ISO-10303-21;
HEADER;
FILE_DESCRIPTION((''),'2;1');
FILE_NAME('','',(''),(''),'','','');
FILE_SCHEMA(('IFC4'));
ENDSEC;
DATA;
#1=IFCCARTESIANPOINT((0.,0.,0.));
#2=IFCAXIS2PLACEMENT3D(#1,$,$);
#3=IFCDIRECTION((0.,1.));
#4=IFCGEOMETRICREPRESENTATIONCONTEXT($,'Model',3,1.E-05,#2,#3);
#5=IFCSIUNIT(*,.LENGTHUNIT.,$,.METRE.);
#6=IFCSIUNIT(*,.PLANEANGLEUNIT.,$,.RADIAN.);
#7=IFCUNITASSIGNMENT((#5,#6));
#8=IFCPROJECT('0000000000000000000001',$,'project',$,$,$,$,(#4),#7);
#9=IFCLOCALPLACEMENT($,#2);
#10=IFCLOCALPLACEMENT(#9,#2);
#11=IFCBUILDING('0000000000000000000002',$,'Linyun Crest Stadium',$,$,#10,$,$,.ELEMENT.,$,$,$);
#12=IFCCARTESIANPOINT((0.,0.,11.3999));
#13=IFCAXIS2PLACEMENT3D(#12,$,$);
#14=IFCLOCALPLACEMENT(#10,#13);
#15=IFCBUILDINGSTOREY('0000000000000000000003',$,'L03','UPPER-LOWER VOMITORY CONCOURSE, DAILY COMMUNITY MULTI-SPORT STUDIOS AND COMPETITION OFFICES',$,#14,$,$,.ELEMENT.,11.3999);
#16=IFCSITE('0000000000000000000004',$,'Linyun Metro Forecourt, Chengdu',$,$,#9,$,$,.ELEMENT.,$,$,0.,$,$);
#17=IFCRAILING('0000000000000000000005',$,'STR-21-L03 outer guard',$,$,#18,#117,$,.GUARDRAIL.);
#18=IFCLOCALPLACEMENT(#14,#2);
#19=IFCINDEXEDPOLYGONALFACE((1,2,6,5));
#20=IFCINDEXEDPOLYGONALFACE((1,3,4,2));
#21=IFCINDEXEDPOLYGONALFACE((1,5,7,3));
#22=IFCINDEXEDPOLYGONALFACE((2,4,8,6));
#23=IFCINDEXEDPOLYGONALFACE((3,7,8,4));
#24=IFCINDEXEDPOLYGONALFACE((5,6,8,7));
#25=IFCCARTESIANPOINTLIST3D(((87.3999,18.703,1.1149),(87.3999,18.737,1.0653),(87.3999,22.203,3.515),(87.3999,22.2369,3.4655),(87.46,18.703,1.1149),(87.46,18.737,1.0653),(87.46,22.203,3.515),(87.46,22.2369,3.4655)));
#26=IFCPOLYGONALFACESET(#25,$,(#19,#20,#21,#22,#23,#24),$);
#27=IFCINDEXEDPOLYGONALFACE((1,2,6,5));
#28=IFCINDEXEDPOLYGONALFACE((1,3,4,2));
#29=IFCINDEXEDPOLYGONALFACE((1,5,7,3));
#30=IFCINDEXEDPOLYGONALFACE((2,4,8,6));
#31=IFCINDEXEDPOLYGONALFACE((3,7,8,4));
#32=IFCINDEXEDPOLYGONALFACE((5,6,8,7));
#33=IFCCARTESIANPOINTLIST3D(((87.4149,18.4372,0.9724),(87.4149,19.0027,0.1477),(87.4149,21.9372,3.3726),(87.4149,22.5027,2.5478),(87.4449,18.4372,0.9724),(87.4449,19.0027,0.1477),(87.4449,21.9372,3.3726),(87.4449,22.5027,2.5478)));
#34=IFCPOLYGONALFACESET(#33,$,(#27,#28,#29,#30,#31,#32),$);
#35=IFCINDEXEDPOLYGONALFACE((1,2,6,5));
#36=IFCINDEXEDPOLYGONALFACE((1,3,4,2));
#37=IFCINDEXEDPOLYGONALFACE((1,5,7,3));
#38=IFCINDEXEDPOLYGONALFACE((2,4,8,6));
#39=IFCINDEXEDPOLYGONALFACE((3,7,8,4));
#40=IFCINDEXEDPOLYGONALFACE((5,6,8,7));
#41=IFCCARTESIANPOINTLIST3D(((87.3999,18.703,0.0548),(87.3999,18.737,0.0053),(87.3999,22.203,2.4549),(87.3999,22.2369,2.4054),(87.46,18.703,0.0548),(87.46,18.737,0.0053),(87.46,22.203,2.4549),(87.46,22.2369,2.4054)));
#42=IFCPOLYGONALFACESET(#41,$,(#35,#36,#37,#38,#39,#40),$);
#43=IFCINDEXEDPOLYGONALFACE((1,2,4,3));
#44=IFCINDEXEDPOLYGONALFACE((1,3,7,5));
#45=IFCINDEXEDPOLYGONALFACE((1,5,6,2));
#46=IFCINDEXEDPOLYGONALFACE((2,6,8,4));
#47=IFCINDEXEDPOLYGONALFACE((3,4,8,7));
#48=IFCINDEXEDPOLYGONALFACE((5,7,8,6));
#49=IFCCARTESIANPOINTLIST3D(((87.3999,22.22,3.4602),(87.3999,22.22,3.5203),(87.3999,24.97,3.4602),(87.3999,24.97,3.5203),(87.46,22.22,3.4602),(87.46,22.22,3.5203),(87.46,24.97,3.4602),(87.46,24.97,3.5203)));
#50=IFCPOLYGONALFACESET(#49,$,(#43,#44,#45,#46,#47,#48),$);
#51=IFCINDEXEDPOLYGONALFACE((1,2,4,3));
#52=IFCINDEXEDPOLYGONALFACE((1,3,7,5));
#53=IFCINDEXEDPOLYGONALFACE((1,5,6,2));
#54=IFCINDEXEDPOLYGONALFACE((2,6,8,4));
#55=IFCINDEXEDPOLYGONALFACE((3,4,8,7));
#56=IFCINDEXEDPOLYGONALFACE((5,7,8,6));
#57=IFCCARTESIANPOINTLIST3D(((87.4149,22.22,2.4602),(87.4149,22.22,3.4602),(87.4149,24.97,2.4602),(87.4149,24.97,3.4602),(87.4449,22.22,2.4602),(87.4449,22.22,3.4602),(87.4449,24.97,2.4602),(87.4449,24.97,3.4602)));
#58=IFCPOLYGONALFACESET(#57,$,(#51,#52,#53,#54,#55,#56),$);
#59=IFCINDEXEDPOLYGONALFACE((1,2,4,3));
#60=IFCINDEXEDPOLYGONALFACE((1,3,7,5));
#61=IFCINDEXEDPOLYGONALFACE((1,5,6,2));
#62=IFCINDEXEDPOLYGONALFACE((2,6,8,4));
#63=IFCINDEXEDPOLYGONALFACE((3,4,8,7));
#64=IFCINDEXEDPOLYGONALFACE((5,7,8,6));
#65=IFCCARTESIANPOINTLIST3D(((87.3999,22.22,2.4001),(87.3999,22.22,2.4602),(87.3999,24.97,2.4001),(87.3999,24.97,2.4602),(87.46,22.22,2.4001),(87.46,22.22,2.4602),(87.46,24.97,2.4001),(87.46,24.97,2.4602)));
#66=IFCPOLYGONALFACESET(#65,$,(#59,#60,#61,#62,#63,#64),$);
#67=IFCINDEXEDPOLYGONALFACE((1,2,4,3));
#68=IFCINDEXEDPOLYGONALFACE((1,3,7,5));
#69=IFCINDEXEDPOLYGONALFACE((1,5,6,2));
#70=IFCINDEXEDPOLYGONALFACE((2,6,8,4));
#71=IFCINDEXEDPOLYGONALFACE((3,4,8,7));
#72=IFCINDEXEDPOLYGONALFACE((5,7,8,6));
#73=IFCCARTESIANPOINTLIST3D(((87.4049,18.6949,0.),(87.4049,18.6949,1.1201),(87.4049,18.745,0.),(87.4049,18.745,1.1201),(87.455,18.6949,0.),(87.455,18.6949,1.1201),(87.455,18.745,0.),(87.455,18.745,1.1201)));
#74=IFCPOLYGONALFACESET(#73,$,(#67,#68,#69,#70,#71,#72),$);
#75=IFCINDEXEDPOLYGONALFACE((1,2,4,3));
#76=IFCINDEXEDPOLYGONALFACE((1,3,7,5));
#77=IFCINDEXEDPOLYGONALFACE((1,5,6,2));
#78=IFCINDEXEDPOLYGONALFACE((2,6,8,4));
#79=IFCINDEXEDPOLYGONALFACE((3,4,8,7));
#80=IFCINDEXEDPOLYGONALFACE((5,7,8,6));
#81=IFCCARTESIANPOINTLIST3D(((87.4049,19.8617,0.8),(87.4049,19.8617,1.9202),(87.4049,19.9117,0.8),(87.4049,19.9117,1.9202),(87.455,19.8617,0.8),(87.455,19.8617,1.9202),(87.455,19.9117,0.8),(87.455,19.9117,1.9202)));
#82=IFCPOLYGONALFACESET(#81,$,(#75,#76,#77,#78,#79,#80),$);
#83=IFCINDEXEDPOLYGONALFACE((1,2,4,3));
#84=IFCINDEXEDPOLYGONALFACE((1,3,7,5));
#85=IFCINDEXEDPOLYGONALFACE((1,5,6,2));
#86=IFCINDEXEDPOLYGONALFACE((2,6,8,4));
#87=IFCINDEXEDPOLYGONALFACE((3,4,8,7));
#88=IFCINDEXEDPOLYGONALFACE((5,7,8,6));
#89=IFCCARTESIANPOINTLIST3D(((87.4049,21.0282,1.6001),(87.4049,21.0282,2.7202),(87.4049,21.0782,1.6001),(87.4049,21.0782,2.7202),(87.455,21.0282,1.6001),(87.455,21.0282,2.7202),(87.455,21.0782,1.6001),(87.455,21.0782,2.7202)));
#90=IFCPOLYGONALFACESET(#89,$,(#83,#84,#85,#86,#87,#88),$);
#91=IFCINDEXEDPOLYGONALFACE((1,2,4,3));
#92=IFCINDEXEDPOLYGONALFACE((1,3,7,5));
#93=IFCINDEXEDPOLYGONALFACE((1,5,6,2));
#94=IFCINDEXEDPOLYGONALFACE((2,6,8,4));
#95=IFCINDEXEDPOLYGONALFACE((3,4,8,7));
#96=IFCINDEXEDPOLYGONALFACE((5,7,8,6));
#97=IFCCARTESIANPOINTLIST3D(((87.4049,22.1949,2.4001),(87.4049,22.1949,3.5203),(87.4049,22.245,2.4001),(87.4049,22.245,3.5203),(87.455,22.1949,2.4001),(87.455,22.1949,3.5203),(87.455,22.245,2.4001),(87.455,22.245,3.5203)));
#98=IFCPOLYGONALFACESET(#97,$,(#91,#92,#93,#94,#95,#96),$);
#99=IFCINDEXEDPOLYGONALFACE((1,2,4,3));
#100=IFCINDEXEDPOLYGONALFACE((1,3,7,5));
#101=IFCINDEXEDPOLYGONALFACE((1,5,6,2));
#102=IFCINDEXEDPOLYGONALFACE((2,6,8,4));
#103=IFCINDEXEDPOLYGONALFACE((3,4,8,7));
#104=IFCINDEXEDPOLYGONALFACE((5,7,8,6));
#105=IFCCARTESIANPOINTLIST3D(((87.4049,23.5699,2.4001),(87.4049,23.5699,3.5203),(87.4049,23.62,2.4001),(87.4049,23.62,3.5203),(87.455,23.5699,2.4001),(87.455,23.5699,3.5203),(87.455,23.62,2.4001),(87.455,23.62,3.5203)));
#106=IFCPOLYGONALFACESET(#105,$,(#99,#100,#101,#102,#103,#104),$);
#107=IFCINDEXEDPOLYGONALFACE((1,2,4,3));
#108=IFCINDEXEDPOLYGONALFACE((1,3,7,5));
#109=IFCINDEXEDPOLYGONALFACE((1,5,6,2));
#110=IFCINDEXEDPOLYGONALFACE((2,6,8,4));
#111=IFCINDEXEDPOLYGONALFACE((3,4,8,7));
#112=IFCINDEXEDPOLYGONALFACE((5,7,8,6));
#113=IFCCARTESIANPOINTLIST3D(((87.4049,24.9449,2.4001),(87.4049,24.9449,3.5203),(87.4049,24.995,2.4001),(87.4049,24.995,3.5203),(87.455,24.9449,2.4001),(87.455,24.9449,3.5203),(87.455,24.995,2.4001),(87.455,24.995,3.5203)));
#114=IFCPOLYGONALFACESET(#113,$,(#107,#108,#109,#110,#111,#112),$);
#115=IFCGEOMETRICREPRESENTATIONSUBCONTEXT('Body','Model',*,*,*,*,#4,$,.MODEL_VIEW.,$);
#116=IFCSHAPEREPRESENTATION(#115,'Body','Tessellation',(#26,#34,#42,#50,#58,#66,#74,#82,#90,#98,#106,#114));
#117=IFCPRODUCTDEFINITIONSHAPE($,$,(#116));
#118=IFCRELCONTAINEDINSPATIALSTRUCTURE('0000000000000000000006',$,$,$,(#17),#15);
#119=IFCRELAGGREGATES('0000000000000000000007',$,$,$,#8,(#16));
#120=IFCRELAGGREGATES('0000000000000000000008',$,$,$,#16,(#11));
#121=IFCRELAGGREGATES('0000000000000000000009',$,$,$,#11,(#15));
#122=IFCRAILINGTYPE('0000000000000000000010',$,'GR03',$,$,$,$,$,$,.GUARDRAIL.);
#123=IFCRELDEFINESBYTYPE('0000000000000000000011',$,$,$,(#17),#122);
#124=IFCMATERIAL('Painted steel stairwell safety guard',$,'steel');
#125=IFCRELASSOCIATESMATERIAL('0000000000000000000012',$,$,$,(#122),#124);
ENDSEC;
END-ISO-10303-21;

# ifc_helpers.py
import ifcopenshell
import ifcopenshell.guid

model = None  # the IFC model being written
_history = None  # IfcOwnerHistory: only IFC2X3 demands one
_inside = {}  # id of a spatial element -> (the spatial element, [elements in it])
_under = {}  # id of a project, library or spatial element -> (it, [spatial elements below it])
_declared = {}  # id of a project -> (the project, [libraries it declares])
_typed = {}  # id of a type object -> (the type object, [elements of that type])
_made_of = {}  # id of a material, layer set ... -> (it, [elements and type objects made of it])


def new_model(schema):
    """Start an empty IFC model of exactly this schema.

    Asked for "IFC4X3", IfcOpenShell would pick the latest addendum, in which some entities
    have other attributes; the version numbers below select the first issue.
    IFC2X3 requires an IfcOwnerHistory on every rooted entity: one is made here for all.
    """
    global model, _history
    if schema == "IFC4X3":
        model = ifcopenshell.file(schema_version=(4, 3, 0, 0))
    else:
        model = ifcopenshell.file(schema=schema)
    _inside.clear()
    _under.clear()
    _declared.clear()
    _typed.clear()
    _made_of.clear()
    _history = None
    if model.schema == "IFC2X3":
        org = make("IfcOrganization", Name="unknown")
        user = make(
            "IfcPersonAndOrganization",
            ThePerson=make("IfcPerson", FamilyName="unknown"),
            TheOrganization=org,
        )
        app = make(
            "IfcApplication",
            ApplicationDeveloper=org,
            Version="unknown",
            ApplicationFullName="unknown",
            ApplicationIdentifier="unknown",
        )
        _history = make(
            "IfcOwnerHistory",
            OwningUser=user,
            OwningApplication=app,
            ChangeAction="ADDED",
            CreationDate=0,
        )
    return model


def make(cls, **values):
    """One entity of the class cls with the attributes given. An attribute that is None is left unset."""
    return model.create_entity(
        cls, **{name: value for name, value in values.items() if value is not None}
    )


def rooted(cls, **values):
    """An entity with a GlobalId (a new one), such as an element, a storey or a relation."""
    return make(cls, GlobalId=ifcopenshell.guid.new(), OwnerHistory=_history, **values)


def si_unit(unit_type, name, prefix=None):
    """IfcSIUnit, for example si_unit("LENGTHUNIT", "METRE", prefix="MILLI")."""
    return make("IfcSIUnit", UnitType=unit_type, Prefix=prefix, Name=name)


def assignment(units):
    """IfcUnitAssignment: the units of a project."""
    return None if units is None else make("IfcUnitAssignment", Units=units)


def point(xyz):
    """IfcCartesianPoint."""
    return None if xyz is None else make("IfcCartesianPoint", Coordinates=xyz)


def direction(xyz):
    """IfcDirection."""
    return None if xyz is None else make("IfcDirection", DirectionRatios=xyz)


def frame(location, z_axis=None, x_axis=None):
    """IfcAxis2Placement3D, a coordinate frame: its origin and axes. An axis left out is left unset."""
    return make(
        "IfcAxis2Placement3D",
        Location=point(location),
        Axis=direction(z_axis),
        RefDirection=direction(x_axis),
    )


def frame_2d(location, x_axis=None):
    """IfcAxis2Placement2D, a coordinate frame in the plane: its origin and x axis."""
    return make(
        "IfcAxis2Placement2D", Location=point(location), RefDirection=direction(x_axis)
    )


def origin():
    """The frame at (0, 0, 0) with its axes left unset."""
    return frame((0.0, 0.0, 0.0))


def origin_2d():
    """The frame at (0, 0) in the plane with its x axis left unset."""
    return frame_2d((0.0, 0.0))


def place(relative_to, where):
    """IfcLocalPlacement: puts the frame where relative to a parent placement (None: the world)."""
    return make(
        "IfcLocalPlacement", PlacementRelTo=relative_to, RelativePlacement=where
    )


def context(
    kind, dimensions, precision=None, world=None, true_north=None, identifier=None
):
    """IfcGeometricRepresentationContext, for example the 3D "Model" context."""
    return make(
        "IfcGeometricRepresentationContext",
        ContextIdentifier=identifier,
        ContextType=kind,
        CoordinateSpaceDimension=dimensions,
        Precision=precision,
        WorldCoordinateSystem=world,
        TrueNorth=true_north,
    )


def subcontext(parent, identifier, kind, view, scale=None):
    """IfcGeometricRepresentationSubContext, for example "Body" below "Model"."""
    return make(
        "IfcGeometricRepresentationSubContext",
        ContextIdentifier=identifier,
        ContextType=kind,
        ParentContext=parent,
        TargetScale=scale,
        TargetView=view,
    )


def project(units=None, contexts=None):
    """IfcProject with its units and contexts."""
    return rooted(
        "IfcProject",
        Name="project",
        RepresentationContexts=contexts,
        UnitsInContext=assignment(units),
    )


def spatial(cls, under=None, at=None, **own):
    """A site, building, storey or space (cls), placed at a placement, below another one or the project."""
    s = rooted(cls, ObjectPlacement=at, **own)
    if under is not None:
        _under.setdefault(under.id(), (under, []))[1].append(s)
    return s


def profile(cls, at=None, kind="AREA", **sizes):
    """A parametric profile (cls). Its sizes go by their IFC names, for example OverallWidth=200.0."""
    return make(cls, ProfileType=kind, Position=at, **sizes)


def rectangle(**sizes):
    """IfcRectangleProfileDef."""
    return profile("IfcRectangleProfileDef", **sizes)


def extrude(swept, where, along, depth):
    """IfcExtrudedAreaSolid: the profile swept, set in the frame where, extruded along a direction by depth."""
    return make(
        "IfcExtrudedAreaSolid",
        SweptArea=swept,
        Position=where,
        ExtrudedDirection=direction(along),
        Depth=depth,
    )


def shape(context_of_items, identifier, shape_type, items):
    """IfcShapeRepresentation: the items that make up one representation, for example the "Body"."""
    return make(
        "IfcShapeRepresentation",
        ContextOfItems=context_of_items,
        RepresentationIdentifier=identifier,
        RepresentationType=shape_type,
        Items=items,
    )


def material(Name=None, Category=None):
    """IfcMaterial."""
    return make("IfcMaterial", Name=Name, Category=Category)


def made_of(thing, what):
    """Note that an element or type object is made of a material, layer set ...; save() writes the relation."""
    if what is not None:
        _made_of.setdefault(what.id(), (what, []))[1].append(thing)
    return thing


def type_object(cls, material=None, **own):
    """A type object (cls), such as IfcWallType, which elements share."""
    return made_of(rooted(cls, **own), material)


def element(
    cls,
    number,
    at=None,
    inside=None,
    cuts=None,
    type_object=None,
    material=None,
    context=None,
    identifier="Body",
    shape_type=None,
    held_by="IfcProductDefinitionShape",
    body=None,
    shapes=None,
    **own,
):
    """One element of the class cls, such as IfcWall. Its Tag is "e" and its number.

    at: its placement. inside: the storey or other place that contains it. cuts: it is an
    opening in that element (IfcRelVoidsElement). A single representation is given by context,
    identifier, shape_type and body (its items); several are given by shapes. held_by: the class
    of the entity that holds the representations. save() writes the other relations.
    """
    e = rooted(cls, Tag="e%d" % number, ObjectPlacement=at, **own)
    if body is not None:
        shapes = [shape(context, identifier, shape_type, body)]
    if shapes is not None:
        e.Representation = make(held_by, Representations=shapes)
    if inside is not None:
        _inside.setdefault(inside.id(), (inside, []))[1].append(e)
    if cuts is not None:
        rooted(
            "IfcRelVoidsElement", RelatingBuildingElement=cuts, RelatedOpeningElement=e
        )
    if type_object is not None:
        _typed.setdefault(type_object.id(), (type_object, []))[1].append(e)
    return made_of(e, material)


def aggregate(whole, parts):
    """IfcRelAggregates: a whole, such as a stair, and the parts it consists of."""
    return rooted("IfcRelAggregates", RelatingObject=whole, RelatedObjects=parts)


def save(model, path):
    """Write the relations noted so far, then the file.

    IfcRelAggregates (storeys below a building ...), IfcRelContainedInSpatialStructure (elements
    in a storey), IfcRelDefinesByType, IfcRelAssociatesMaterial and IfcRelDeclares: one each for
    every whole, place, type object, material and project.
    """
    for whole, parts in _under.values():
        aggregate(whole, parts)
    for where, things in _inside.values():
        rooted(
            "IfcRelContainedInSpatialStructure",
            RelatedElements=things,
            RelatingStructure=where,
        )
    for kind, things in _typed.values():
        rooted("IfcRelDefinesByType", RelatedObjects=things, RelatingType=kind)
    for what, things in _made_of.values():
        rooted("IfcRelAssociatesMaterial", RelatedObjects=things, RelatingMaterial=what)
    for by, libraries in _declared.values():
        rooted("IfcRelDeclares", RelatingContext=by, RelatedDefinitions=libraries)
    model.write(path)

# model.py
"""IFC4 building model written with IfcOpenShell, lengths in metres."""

from ifc_helpers import new_model, si_unit, direction, frame, origin, origin_2d, place, context, subcontext, project, spatial, rectangle, extrude, material, type_object, element, save


model = new_model("IFC4")

# Units and contexts
model_context = context("Model", 3, precision=1e-05, world=origin(), true_north=direction((0.0, 1.0)))
body_context = subcontext(model_context, "Body", "Model", "MODEL_VIEW")
ifc_project = project(units=[si_unit("LENGTHUNIT", "METRE"), si_unit("PLANEANGLEUNIT", "RADIAN")], contexts=[model_context])

# Site, building, storey
site_placement = place(None, origin())
site = spatial("IfcSite", under=ifc_project, at=site_placement, Name="Linyun Metro Forecourt, Chengdu", CompositionType="ELEMENT", RefElevation=0.0)
building_placement = place(site_placement, origin())
building = spatial("IfcBuilding", under=site, at=building_placement, Name="Linyun Crest Stadium", CompositionType="ELEMENT")
storey_placement = place(building_placement, frame((0.0, 0.0, 11.3999)))
storey = spatial("IfcBuildingStorey", under=building, at=storey_placement, Name="L03", Description="UPPER-LOWER VOMITORY CONCOURSE, DAILY COMMUNITY MULTI-SPORT STUDIOS AND COMPETITION OFFICES", CompositionType="ELEMENT", Elevation=11.3999)

# Railing
ifc_material_1 = material(Name="Painted steel stairwell safety guard", Category="steel")
railing_type_1 = type_object("IfcRailingType", Name="GR03", PredefinedType="GUARDRAIL", material=ifc_material_1)
railing_1_placement = place(storey_placement, frame((87.4299, 18.72, 0.0)))
element("IfcRailing", 1, at=railing_1_placement, inside=storey, type_object=railing_type_1, Name="STR-21-L03 outer guard", PredefinedType="GUARDRAIL", context=body_context, shape_type="SweptSolid", body=[
    extrude(rectangle(XDim=0.0601, YDim=0.0601, at=origin_2d()), frame((0.0, 0.0, 1.0901), z_axis=(0.0, 0.824713, 0.565552), x_axis=(-1.0, 0.0, 0.0)), (0.0, 0.0, 1.0), 4.2439),
    extrude(rectangle(XDim=0.03, YDim=1.0, at=origin_2d()), frame((0.0, 0.0, 0.5601), z_axis=(0.0, 0.824713, 0.565552), x_axis=(-1.0, 0.0, 0.0)), (0.0, 0.0, 1.0), 4.2439),
    extrude(rectangle(XDim=0.0601, YDim=0.0601, at=origin_2d()), frame((0.0, 0.0, 0.03), z_axis=(0.0, 0.824713, 0.565552), x_axis=(-1.0, 0.0, 0.0)), (0.0, 0.0, 1.0), 4.2439),
    extrude(rectangle(XDim=0.0601, YDim=0.0601, at=origin_2d()), frame((0.0, 3.5, 3.4902), z_axis=(0.0, 1.0, 0.0), x_axis=(-1.0, 0.0, 0.0)), (0.0, 0.0, 1.0), 2.75),
    extrude(rectangle(XDim=0.03, YDim=1.0, at=origin_2d()), frame((0.0, 3.5, 2.9602), z_axis=(0.0, 1.0, 0.0), x_axis=(-1.0, 0.0, 0.0)), (0.0, 0.0, 1.0), 2.75),
    extrude(rectangle(XDim=0.0601, YDim=0.0601, at=origin_2d()), frame((0.0, 3.5, 2.4302), z_axis=(0.0, 1.0, 0.0), x_axis=(-1.0, 0.0, 0.0)), (0.0, 0.0, 1.0), 2.75),
    extrude(rectangle(XDim=0.05, YDim=0.05, at=origin_2d()), origin(), (0.0, 0.0, 1.0), 1.1201),
    extrude(rectangle(XDim=0.05, YDim=0.05, at=origin_2d()), frame((0.0, 1.1667, 0.8)), (0.0, 0.0, 1.0), 1.1201),
    extrude(rectangle(XDim=0.05, YDim=0.05, at=origin_2d()), frame((0.0, 2.3333, 1.6001)), (0.0, 0.0, 1.0), 1.1201),
    extrude(rectangle(XDim=0.05, YDim=0.05, at=origin_2d()), frame((0.0, 3.5, 2.4001)), (0.0, 0.0, 1.0), 1.1201),
    extrude(rectangle(XDim=0.05, YDim=0.05, at=origin_2d()), frame((0.0, 4.875, 2.4001)), (0.0, 0.0, 1.0), 1.1201),
    extrude(rectangle(XDim=0.05, YDim=0.05, at=origin_2d()), frame((0.0, 6.25, 2.4001)), (0.0, 0.0, 1.0), 1.1201),
])

save(model, "model.ifc")
